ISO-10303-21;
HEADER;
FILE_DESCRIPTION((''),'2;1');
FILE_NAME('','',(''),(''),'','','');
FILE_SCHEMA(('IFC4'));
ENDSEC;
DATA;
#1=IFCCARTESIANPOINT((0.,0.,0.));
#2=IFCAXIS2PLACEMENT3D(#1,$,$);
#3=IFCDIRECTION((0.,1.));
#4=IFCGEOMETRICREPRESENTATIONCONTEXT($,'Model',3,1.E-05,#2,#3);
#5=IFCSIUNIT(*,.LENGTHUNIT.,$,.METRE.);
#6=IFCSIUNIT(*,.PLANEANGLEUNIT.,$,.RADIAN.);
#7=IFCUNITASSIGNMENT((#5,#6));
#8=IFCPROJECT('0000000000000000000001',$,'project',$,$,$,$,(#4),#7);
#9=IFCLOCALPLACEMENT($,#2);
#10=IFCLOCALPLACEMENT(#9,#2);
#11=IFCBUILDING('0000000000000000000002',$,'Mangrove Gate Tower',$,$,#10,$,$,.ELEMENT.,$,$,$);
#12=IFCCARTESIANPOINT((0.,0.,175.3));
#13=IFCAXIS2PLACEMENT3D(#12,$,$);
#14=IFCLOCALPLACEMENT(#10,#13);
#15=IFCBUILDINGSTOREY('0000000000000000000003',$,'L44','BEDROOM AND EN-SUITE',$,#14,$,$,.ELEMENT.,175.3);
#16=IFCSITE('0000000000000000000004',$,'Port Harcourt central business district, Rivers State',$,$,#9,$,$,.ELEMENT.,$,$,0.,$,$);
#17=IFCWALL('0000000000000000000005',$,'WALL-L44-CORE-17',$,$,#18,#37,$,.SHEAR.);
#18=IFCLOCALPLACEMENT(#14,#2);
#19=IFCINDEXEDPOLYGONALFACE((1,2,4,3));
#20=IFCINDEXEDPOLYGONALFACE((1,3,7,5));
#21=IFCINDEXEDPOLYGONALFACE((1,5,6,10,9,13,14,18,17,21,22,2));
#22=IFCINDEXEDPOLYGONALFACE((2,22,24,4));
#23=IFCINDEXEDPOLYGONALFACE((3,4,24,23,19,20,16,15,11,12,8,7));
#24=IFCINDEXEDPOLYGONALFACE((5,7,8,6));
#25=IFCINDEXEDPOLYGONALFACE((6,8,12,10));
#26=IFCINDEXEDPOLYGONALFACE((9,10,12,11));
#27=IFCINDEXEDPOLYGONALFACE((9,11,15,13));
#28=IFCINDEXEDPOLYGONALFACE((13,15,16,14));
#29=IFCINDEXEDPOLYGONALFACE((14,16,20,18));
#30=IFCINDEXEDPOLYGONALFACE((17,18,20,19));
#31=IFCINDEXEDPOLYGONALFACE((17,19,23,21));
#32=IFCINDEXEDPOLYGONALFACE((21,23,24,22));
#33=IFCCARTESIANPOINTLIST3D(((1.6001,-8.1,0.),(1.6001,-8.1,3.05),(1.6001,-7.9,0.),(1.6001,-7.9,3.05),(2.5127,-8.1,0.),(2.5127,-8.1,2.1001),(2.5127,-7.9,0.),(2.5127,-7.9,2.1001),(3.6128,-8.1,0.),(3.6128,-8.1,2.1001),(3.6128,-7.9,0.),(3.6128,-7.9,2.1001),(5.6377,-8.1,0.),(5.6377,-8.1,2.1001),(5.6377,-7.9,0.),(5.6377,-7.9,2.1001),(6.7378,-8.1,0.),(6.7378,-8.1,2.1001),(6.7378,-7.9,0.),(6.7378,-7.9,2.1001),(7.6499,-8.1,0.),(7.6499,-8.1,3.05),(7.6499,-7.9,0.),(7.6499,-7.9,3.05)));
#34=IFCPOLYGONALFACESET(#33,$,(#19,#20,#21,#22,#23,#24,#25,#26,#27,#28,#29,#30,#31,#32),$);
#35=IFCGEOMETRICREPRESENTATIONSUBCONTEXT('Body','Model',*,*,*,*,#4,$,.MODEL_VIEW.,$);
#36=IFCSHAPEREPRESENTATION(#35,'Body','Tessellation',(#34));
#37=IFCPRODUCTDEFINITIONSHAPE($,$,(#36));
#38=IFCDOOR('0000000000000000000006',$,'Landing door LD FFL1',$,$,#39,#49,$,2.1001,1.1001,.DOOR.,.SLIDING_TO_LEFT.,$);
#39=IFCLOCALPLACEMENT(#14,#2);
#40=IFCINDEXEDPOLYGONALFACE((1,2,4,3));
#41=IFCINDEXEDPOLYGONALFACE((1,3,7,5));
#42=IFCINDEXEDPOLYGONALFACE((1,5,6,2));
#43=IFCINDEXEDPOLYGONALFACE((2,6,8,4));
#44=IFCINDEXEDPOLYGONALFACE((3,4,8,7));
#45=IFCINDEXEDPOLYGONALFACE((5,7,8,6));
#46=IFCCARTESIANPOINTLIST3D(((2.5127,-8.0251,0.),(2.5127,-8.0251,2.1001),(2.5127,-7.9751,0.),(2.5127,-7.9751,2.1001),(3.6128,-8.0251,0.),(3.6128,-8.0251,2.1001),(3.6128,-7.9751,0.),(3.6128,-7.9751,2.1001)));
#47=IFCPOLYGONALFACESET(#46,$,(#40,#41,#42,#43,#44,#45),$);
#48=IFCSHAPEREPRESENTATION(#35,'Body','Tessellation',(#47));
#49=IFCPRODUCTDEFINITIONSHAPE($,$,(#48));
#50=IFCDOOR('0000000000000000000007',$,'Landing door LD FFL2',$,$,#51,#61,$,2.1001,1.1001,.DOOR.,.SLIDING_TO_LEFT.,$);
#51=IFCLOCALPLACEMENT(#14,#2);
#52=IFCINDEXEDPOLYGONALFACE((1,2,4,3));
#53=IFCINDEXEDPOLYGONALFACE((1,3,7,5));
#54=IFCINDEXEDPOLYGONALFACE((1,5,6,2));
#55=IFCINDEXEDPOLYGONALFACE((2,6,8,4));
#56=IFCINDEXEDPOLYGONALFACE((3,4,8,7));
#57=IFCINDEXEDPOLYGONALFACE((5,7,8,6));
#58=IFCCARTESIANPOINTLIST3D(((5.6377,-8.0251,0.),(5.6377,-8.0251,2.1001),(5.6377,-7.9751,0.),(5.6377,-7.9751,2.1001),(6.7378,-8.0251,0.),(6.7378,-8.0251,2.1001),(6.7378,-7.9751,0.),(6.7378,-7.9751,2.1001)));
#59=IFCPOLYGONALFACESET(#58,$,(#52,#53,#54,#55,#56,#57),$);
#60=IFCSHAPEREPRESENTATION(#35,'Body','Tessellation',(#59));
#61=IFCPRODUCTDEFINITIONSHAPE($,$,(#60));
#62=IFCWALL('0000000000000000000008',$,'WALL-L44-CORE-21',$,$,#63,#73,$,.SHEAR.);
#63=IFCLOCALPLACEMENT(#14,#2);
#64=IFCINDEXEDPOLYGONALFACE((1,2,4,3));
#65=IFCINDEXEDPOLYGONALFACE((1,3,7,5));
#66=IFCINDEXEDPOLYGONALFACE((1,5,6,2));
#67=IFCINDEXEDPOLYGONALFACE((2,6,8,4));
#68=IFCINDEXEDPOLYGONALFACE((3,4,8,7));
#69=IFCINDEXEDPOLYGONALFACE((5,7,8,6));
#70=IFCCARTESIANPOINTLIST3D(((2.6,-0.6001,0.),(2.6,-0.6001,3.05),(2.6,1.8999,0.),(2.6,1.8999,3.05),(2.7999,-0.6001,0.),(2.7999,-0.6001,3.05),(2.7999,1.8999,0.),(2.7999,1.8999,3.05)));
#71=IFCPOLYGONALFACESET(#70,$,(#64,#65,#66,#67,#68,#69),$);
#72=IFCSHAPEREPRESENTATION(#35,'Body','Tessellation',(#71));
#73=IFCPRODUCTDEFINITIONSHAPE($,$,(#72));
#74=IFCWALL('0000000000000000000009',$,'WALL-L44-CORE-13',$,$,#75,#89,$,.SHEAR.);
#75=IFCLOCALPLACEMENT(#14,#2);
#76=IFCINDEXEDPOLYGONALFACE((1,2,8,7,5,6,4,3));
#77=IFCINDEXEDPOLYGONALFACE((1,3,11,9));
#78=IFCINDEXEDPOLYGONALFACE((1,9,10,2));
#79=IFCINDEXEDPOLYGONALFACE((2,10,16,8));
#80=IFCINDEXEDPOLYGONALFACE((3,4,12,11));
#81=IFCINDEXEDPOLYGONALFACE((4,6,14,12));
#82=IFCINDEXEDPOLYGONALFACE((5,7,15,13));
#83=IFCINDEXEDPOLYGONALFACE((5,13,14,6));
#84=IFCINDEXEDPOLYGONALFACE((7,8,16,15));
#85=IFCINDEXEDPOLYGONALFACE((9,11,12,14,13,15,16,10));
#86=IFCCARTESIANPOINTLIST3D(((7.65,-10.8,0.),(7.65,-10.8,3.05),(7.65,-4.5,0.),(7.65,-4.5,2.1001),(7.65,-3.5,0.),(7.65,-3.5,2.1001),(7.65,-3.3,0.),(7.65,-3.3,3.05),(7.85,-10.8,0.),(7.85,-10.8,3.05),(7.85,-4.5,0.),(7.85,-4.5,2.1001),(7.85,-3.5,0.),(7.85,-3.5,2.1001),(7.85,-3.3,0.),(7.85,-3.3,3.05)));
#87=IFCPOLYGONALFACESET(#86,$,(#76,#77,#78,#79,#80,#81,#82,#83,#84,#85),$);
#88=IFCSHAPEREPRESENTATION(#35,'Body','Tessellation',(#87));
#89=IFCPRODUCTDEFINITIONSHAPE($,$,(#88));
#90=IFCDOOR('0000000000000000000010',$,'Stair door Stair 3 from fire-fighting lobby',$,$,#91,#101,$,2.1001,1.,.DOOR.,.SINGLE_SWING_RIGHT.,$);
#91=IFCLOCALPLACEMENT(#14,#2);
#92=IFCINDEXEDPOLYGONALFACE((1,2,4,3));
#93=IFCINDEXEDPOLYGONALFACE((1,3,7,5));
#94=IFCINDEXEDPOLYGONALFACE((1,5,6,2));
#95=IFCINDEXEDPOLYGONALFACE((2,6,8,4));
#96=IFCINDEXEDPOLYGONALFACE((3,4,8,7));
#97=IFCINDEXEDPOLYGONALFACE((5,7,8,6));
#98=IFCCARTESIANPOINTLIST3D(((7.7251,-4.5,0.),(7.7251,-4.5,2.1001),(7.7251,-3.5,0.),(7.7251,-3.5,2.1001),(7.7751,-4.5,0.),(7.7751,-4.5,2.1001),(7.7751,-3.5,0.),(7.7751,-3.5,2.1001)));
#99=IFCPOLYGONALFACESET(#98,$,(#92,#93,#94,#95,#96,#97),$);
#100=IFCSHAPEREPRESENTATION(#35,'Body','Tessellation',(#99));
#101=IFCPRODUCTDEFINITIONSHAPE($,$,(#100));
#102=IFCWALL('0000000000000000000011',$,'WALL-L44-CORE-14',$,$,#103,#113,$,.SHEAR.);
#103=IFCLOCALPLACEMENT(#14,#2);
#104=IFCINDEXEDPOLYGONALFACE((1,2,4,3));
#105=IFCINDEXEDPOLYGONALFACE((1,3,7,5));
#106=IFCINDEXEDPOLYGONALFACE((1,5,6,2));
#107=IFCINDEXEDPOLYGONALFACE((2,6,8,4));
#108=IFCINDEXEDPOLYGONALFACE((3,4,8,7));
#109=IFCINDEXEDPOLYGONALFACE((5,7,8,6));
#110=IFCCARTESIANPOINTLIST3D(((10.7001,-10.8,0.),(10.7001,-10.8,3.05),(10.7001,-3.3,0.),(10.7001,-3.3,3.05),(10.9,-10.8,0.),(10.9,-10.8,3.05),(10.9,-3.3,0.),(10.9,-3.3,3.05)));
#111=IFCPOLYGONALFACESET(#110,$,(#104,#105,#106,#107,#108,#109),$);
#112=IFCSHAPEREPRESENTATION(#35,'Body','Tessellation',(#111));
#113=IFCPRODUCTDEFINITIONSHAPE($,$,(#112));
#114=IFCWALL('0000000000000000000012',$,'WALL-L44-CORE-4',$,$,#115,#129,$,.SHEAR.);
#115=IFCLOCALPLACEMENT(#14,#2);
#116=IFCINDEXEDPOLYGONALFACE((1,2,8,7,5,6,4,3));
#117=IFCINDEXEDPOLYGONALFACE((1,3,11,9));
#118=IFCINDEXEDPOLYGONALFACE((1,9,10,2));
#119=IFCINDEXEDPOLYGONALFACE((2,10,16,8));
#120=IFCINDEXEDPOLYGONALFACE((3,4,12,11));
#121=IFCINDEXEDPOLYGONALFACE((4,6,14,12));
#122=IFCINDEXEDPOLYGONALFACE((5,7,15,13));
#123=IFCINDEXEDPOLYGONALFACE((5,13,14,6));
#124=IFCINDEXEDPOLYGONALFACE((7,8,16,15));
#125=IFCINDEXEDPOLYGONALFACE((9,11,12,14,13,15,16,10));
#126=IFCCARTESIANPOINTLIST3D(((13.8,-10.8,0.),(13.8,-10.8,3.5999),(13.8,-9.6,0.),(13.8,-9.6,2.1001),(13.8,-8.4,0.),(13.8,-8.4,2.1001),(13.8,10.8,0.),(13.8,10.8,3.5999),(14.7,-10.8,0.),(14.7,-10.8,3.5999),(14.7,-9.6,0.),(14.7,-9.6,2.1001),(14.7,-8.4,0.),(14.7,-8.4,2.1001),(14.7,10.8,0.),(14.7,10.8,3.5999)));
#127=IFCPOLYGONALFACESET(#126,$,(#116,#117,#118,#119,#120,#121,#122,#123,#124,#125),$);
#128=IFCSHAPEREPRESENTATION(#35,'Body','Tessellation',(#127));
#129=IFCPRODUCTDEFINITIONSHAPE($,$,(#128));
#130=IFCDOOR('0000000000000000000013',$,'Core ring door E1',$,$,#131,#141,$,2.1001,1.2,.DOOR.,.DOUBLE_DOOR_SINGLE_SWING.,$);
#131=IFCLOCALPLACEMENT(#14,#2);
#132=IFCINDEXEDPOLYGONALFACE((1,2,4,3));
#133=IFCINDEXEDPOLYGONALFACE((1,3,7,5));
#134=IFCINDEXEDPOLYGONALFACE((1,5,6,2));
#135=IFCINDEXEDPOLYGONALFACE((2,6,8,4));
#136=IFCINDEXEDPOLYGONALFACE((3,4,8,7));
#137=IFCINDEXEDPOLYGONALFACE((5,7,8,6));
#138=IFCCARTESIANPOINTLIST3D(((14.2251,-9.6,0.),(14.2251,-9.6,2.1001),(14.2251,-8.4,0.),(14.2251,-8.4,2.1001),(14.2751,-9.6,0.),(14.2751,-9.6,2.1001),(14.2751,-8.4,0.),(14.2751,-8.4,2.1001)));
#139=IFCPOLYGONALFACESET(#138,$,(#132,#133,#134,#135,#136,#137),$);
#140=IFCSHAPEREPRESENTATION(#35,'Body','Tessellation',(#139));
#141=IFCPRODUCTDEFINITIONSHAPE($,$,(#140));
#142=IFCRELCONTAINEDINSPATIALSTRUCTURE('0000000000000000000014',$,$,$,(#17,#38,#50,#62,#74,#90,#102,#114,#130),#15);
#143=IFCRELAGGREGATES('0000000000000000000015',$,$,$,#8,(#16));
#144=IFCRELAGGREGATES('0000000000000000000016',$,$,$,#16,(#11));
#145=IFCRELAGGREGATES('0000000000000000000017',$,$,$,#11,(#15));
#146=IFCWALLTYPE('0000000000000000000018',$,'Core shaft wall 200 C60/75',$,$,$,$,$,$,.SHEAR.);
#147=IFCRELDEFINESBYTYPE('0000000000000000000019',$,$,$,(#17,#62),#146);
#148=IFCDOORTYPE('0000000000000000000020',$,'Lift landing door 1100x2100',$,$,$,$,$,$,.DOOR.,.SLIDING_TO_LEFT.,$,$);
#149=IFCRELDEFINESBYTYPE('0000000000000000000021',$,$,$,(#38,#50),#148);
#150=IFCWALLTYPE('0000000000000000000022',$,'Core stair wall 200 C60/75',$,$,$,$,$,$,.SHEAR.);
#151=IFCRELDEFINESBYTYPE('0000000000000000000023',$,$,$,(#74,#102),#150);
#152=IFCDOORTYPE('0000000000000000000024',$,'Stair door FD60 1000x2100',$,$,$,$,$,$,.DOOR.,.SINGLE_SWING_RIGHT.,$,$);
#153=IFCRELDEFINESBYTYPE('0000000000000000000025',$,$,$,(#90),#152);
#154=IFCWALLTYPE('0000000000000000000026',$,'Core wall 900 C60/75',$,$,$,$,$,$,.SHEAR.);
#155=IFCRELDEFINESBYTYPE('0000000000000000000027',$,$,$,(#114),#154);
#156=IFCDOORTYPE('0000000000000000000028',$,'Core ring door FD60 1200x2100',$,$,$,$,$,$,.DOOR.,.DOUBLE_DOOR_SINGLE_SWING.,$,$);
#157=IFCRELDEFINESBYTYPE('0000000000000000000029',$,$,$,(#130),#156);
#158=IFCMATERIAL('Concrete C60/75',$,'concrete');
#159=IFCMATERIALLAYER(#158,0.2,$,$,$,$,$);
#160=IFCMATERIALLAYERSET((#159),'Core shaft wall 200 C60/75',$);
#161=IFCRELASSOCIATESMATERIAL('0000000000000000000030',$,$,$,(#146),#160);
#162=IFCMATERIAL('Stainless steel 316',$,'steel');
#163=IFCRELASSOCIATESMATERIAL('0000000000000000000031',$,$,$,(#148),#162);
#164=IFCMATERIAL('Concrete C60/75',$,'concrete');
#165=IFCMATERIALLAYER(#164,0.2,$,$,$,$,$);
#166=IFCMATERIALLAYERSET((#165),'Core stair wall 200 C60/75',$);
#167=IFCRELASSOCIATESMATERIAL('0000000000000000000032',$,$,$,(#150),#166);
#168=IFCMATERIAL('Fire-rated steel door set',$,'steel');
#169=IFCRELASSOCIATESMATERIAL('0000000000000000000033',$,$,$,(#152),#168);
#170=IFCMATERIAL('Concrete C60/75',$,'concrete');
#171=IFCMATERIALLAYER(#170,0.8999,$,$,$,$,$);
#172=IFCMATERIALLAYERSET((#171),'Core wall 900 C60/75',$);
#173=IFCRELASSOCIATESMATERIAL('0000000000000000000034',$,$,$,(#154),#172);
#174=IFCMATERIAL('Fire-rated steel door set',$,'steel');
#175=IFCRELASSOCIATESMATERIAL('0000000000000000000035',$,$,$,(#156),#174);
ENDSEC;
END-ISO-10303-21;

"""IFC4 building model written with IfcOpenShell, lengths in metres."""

from ifc_helpers import new_model, si_unit, direction, frame, frame_2d, origin, place, context, subcontext, project, spatial, rectangle, extrude, material, layer, layer_set, type_object, element, fill, save


model = new_model("IFC4")

# Units and contexts
model_context = context("Model", 3, precision=1e-05, world=origin(), true_north=direction((0.0, 1.0)))
body_context = subcontext(model_context, "Body", "Model", "MODEL_VIEW")
ifc_project = project(units=[si_unit("LENGTHUNIT", "METRE"), si_unit("PLANEANGLEUNIT", "RADIAN")], contexts=[model_context])

# Site, building, storey
site_placement = place(None, origin())
site = spatial("IfcSite", under=ifc_project, at=site_placement, Name="Port Harcourt central business district, Rivers State", CompositionType="ELEMENT", RefElevation=0.0)
building_placement = place(site_placement, origin())
building = spatial("IfcBuilding", under=site, at=building_placement, Name="Mangrove Gate Tower", CompositionType="ELEMENT")
storey_placement = place(building_placement, frame((0.0, 0.0, 175.3)))
storey = spatial("IfcBuildingStorey", under=building, at=storey_placement, Name="L44", Description="BEDROOM AND EN-SUITE", CompositionType="ELEMENT", Elevation=175.3)

# Wall, openings, doors
ifc_material_1 = material(Name="Concrete C60/75", Category="concrete")
ifc_layer_1 = layer(ifc_material_1, 0.2)
ifc_layer_set_1 = layer_set([ifc_layer_1], Name="Core shaft wall 200 C60/75")
wall_type_1 = type_object("IfcWallType", Name="Core shaft wall 200 C60/75", PredefinedType="SHEAR", material=ifc_layer_set_1)
wall_1_placement = place(storey_placement, frame((1.6001, -8.0, 0.0), z_axis=(0.0, 0.0, 1.0), x_axis=(1.0, 0.0, 0.0)))
wall_1 = element("IfcWall", 1, at=wall_1_placement, inside=storey, type_object=wall_type_1, Name="WALL-L44-CORE-17", PredefinedType="SHEAR", context=body_context, shape_type="SweptSolid", body=[
    extrude(rectangle(XDim=6.0498, YDim=0.2, at=frame_2d((3.0249, 0.0))), origin(), (0.0, 0.0, 1.0), 3.05),
])
opening_1_placement = place(wall_1_placement, frame((0.9126, 0.0, 0.0)))
opening_1 = element("IfcOpeningElement", 2, at=opening_1_placement, cuts=wall_1, PredefinedType="OPENING", context=body_context, shape_type="SweptSolid", body=[
    extrude(rectangle(XDim=1.1001, YDim=2.1001, at=frame_2d((0.55, 1.05))), frame((0.0, 0.1099, 0.0), z_axis=(0.0, -1.0, 0.0), x_axis=(1.0, 0.0, 0.0)), (0.0, 0.0, 1.0), 0.22),
])
opening_2_placement = place(wall_1_placement, frame((4.0376, 0.0, 0.0)))
opening_2 = element("IfcOpeningElement", 3, at=opening_2_placement, cuts=wall_1, PredefinedType="OPENING", context=body_context, shape_type="SweptSolid", body=[
    extrude(rectangle(XDim=1.1001, YDim=2.1001, at=frame_2d((0.55, 1.05))), frame((0.0, 0.1099, 0.0), z_axis=(0.0, -1.0, 0.0), x_axis=(1.0, 0.0, 0.0)), (0.0, 0.0, 1.0), 0.22),
])
ifc_material_2 = material(Name="Stainless steel 316", Category="steel")
door_type_1 = type_object("IfcDoorType", Name="Lift landing door 1100x2100", OperationType="SLIDING_TO_LEFT", PredefinedType="DOOR", material=ifc_material_2)
door_1_placement = place(opening_1_placement, origin())
door_1 = element("IfcDoor", 4, at=door_1_placement, inside=storey, type_object=door_type_1, Name="Landing door LD FFL1", OperationType="SLIDING_TO_LEFT", OverallHeight=2.1001, OverallWidth=1.1001, PredefinedType="DOOR", context=body_context, shape_type="SweptSolid", body=[
    extrude(rectangle(XDim=1.1001, YDim=2.1001, at=frame_2d((0.55, 1.05))), frame((0.0, 0.0249, 0.0), z_axis=(0.0, -1.0, 0.0), x_axis=(1.0, 0.0, 0.0)), (0.0, 0.0, 1.0), 0.05),
])
fill(opening_1, door_1)
door_2_placement = place(opening_2_placement, origin())
door_2 = element("IfcDoor", 5, at=door_2_placement, inside=storey, type_object=door_type_1, Name="Landing door LD FFL2", OperationType="SLIDING_TO_LEFT", OverallHeight=2.1001, OverallWidth=1.1001, PredefinedType="DOOR", context=body_context, shape_type="SweptSolid", body=[
    extrude(rectangle(XDim=1.1001, YDim=2.1001, at=frame_2d((0.55, 1.05))), frame((0.0, 0.0249, 0.0), z_axis=(0.0, -1.0, 0.0), x_axis=(1.0, 0.0, 0.0)), (0.0, 0.0, 1.0), 0.05),
])
fill(opening_2, door_2)

# Wall
wall_2_placement = place(storey_placement, frame((2.7, -0.6001, 0.0), z_axis=(0.0, 0.0, 1.0), x_axis=(0.0, 1.0, 0.0)))
element("IfcWall", 6, at=wall_2_placement, inside=storey, type_object=wall_type_1, Name="WALL-L44-CORE-21", PredefinedType="SHEAR", context=body_context, shape_type="SweptSolid", body=[
    extrude(rectangle(XDim=2.5, YDim=0.2, at=frame_2d((1.25, 0.0))), origin(), (0.0, 0.0, 1.0), 3.05),
])

# Wall, opening, door
ifc_material_3 = material(Name="Concrete C60/75", Category="concrete")
ifc_layer_2 = layer(ifc_material_3, 0.2)
ifc_layer_set_2 = layer_set([ifc_layer_2], Name="Core stair wall 200 C60/75")
wall_type_2 = type_object("IfcWallType", Name="Core stair wall 200 C60/75", PredefinedType="SHEAR", material=ifc_layer_set_2)
wall_3_placement = place(storey_placement, frame((7.75, -10.8, 0.0), z_axis=(0.0, 0.0, 1.0), x_axis=(0.0, 1.0, 0.0)))
wall_3 = element("IfcWall", 7, at=wall_3_placement, inside=storey, type_object=wall_type_2, Name="WALL-L44-CORE-13", PredefinedType="SHEAR", context=body_context, shape_type="SweptSolid", body=[
    extrude(rectangle(XDim=7.5, YDim=0.2, at=frame_2d((3.75, 0.0))), origin(), (0.0, 0.0, 1.0), 3.05),
])
opening_3_placement = place(wall_3_placement, frame((6.3, 0.0, 0.0)))
opening_3 = element("IfcOpeningElement", 8, at=opening_3_placement, cuts=wall_3, PredefinedType="OPENING", context=body_context, shape_type="SweptSolid", body=[
    extrude(rectangle(XDim=1.0, YDim=2.1001, at=frame_2d((0.5, 1.05))), frame((0.0, 0.1099, 0.0), z_axis=(0.0, -1.0, 0.0), x_axis=(1.0, 0.0, 0.0)), (0.0, 0.0, 1.0), 0.22),
])
ifc_material_4 = material(Name="Fire-rated steel door set", Category="steel")
door_type_2 = type_object("IfcDoorType", Name="Stair door FD60 1000x2100", OperationType="SINGLE_SWING_RIGHT", PredefinedType="DOOR", material=ifc_material_4)
door_3_placement = place(opening_3_placement, origin())
door_3 = element("IfcDoor", 9, at=door_3_placement, inside=storey, type_object=door_type_2, Name="Stair door Stair 3 from fire-fighting lobby", OperationType="SINGLE_SWING_RIGHT", OverallHeight=2.1001, OverallWidth=1.0, PredefinedType="DOOR", context=body_context, shape_type="SweptSolid", body=[
    extrude(rectangle(XDim=1.0, YDim=2.1001, at=frame_2d((0.5, 1.05))), frame((0.0, 0.0249, 0.0), z_axis=(0.0, -1.0, 0.0), x_axis=(1.0, 0.0, 0.0)), (0.0, 0.0, 1.0), 0.05),
])
fill(opening_3, door_3)

# Wall
wall_4_placement = place(storey_placement, frame((10.8, -10.8, 0.0), z_axis=(0.0, 0.0, 1.0), x_axis=(0.0, 1.0, 0.0)))
element("IfcWall", 10, at=wall_4_placement, inside=storey, type_object=wall_type_2, Name="WALL-L44-CORE-14", PredefinedType="SHEAR", context=body_context, shape_type="SweptSolid", body=[
    extrude(rectangle(XDim=7.5, YDim=0.2, at=frame_2d((3.75, 0.0))), origin(), (0.0, 0.0, 1.0), 3.05),
])

# Wall, opening, door
ifc_material_5 = material(Name="Concrete C60/75", Category="concrete")
ifc_layer_3 = layer(ifc_material_5, 0.8999)
ifc_layer_set_3 = layer_set([ifc_layer_3], Name="Core wall 900 C60/75")
wall_type_3 = type_object("IfcWallType", Name="Core wall 900 C60/75", PredefinedType="SHEAR", material=ifc_layer_set_3)
wall_5_placement = place(storey_placement, frame((14.25, -10.8, 0.0), z_axis=(0.0, 0.0, 1.0), x_axis=(0.0, 1.0, 0.0)))
wall_5 = element("IfcWall", 11, at=wall_5_placement, inside=storey, type_object=wall_type_3, Name="WALL-L44-CORE-4", PredefinedType="SHEAR", context=body_context, shape_type="SweptSolid", body=[
    extrude(rectangle(XDim=21.6001, YDim=0.8999, at=frame_2d((10.8, 0.0))), origin(), (0.0, 0.0, 1.0), 3.5999),
])
opening_4_placement = place(wall_5_placement, frame((1.2, 0.0, 0.0)))
opening_4 = element("IfcOpeningElement", 12, at=opening_4_placement, cuts=wall_5, PredefinedType="OPENING", context=body_context, shape_type="SweptSolid", body=[
    extrude(rectangle(XDim=1.2, YDim=2.1001, at=frame_2d((0.6001, 1.05))), frame((0.0, 0.46, 0.0), z_axis=(0.0, -1.0, 0.0), x_axis=(1.0, 0.0, 0.0)), (0.0, 0.0, 1.0), 0.9199),
])
ifc_material_6 = material(Name="Fire-rated steel door set", Category="steel")
door_type_3 = type_object("IfcDoorType", Name="Core ring door FD60 1200x2100", OperationType="DOUBLE_DOOR_SINGLE_SWING", PredefinedType="DOOR", material=ifc_material_6)
door_4_placement = place(opening_4_placement, origin())
door_4 = element("IfcDoor", 13, at=door_4_placement, inside=storey, type_object=door_type_3, Name="Core ring door E1", OperationType="DOUBLE_DOOR_SINGLE_SWING", OverallHeight=2.1001, OverallWidth=1.2, PredefinedType="DOOR", context=body_context, shape_type="SweptSolid", body=[
    extrude(rectangle(XDim=1.2, YDim=2.1001, at=frame_2d((0.6001, 1.05))), frame((0.0, 0.0249, 0.0), z_axis=(0.0, -1.0, 0.0), x_axis=(1.0, 0.0, 0.0)), (0.0, 0.0, 1.0), 0.05),
])
fill(opening_4, door_4)

save(model, "model.ifc")
